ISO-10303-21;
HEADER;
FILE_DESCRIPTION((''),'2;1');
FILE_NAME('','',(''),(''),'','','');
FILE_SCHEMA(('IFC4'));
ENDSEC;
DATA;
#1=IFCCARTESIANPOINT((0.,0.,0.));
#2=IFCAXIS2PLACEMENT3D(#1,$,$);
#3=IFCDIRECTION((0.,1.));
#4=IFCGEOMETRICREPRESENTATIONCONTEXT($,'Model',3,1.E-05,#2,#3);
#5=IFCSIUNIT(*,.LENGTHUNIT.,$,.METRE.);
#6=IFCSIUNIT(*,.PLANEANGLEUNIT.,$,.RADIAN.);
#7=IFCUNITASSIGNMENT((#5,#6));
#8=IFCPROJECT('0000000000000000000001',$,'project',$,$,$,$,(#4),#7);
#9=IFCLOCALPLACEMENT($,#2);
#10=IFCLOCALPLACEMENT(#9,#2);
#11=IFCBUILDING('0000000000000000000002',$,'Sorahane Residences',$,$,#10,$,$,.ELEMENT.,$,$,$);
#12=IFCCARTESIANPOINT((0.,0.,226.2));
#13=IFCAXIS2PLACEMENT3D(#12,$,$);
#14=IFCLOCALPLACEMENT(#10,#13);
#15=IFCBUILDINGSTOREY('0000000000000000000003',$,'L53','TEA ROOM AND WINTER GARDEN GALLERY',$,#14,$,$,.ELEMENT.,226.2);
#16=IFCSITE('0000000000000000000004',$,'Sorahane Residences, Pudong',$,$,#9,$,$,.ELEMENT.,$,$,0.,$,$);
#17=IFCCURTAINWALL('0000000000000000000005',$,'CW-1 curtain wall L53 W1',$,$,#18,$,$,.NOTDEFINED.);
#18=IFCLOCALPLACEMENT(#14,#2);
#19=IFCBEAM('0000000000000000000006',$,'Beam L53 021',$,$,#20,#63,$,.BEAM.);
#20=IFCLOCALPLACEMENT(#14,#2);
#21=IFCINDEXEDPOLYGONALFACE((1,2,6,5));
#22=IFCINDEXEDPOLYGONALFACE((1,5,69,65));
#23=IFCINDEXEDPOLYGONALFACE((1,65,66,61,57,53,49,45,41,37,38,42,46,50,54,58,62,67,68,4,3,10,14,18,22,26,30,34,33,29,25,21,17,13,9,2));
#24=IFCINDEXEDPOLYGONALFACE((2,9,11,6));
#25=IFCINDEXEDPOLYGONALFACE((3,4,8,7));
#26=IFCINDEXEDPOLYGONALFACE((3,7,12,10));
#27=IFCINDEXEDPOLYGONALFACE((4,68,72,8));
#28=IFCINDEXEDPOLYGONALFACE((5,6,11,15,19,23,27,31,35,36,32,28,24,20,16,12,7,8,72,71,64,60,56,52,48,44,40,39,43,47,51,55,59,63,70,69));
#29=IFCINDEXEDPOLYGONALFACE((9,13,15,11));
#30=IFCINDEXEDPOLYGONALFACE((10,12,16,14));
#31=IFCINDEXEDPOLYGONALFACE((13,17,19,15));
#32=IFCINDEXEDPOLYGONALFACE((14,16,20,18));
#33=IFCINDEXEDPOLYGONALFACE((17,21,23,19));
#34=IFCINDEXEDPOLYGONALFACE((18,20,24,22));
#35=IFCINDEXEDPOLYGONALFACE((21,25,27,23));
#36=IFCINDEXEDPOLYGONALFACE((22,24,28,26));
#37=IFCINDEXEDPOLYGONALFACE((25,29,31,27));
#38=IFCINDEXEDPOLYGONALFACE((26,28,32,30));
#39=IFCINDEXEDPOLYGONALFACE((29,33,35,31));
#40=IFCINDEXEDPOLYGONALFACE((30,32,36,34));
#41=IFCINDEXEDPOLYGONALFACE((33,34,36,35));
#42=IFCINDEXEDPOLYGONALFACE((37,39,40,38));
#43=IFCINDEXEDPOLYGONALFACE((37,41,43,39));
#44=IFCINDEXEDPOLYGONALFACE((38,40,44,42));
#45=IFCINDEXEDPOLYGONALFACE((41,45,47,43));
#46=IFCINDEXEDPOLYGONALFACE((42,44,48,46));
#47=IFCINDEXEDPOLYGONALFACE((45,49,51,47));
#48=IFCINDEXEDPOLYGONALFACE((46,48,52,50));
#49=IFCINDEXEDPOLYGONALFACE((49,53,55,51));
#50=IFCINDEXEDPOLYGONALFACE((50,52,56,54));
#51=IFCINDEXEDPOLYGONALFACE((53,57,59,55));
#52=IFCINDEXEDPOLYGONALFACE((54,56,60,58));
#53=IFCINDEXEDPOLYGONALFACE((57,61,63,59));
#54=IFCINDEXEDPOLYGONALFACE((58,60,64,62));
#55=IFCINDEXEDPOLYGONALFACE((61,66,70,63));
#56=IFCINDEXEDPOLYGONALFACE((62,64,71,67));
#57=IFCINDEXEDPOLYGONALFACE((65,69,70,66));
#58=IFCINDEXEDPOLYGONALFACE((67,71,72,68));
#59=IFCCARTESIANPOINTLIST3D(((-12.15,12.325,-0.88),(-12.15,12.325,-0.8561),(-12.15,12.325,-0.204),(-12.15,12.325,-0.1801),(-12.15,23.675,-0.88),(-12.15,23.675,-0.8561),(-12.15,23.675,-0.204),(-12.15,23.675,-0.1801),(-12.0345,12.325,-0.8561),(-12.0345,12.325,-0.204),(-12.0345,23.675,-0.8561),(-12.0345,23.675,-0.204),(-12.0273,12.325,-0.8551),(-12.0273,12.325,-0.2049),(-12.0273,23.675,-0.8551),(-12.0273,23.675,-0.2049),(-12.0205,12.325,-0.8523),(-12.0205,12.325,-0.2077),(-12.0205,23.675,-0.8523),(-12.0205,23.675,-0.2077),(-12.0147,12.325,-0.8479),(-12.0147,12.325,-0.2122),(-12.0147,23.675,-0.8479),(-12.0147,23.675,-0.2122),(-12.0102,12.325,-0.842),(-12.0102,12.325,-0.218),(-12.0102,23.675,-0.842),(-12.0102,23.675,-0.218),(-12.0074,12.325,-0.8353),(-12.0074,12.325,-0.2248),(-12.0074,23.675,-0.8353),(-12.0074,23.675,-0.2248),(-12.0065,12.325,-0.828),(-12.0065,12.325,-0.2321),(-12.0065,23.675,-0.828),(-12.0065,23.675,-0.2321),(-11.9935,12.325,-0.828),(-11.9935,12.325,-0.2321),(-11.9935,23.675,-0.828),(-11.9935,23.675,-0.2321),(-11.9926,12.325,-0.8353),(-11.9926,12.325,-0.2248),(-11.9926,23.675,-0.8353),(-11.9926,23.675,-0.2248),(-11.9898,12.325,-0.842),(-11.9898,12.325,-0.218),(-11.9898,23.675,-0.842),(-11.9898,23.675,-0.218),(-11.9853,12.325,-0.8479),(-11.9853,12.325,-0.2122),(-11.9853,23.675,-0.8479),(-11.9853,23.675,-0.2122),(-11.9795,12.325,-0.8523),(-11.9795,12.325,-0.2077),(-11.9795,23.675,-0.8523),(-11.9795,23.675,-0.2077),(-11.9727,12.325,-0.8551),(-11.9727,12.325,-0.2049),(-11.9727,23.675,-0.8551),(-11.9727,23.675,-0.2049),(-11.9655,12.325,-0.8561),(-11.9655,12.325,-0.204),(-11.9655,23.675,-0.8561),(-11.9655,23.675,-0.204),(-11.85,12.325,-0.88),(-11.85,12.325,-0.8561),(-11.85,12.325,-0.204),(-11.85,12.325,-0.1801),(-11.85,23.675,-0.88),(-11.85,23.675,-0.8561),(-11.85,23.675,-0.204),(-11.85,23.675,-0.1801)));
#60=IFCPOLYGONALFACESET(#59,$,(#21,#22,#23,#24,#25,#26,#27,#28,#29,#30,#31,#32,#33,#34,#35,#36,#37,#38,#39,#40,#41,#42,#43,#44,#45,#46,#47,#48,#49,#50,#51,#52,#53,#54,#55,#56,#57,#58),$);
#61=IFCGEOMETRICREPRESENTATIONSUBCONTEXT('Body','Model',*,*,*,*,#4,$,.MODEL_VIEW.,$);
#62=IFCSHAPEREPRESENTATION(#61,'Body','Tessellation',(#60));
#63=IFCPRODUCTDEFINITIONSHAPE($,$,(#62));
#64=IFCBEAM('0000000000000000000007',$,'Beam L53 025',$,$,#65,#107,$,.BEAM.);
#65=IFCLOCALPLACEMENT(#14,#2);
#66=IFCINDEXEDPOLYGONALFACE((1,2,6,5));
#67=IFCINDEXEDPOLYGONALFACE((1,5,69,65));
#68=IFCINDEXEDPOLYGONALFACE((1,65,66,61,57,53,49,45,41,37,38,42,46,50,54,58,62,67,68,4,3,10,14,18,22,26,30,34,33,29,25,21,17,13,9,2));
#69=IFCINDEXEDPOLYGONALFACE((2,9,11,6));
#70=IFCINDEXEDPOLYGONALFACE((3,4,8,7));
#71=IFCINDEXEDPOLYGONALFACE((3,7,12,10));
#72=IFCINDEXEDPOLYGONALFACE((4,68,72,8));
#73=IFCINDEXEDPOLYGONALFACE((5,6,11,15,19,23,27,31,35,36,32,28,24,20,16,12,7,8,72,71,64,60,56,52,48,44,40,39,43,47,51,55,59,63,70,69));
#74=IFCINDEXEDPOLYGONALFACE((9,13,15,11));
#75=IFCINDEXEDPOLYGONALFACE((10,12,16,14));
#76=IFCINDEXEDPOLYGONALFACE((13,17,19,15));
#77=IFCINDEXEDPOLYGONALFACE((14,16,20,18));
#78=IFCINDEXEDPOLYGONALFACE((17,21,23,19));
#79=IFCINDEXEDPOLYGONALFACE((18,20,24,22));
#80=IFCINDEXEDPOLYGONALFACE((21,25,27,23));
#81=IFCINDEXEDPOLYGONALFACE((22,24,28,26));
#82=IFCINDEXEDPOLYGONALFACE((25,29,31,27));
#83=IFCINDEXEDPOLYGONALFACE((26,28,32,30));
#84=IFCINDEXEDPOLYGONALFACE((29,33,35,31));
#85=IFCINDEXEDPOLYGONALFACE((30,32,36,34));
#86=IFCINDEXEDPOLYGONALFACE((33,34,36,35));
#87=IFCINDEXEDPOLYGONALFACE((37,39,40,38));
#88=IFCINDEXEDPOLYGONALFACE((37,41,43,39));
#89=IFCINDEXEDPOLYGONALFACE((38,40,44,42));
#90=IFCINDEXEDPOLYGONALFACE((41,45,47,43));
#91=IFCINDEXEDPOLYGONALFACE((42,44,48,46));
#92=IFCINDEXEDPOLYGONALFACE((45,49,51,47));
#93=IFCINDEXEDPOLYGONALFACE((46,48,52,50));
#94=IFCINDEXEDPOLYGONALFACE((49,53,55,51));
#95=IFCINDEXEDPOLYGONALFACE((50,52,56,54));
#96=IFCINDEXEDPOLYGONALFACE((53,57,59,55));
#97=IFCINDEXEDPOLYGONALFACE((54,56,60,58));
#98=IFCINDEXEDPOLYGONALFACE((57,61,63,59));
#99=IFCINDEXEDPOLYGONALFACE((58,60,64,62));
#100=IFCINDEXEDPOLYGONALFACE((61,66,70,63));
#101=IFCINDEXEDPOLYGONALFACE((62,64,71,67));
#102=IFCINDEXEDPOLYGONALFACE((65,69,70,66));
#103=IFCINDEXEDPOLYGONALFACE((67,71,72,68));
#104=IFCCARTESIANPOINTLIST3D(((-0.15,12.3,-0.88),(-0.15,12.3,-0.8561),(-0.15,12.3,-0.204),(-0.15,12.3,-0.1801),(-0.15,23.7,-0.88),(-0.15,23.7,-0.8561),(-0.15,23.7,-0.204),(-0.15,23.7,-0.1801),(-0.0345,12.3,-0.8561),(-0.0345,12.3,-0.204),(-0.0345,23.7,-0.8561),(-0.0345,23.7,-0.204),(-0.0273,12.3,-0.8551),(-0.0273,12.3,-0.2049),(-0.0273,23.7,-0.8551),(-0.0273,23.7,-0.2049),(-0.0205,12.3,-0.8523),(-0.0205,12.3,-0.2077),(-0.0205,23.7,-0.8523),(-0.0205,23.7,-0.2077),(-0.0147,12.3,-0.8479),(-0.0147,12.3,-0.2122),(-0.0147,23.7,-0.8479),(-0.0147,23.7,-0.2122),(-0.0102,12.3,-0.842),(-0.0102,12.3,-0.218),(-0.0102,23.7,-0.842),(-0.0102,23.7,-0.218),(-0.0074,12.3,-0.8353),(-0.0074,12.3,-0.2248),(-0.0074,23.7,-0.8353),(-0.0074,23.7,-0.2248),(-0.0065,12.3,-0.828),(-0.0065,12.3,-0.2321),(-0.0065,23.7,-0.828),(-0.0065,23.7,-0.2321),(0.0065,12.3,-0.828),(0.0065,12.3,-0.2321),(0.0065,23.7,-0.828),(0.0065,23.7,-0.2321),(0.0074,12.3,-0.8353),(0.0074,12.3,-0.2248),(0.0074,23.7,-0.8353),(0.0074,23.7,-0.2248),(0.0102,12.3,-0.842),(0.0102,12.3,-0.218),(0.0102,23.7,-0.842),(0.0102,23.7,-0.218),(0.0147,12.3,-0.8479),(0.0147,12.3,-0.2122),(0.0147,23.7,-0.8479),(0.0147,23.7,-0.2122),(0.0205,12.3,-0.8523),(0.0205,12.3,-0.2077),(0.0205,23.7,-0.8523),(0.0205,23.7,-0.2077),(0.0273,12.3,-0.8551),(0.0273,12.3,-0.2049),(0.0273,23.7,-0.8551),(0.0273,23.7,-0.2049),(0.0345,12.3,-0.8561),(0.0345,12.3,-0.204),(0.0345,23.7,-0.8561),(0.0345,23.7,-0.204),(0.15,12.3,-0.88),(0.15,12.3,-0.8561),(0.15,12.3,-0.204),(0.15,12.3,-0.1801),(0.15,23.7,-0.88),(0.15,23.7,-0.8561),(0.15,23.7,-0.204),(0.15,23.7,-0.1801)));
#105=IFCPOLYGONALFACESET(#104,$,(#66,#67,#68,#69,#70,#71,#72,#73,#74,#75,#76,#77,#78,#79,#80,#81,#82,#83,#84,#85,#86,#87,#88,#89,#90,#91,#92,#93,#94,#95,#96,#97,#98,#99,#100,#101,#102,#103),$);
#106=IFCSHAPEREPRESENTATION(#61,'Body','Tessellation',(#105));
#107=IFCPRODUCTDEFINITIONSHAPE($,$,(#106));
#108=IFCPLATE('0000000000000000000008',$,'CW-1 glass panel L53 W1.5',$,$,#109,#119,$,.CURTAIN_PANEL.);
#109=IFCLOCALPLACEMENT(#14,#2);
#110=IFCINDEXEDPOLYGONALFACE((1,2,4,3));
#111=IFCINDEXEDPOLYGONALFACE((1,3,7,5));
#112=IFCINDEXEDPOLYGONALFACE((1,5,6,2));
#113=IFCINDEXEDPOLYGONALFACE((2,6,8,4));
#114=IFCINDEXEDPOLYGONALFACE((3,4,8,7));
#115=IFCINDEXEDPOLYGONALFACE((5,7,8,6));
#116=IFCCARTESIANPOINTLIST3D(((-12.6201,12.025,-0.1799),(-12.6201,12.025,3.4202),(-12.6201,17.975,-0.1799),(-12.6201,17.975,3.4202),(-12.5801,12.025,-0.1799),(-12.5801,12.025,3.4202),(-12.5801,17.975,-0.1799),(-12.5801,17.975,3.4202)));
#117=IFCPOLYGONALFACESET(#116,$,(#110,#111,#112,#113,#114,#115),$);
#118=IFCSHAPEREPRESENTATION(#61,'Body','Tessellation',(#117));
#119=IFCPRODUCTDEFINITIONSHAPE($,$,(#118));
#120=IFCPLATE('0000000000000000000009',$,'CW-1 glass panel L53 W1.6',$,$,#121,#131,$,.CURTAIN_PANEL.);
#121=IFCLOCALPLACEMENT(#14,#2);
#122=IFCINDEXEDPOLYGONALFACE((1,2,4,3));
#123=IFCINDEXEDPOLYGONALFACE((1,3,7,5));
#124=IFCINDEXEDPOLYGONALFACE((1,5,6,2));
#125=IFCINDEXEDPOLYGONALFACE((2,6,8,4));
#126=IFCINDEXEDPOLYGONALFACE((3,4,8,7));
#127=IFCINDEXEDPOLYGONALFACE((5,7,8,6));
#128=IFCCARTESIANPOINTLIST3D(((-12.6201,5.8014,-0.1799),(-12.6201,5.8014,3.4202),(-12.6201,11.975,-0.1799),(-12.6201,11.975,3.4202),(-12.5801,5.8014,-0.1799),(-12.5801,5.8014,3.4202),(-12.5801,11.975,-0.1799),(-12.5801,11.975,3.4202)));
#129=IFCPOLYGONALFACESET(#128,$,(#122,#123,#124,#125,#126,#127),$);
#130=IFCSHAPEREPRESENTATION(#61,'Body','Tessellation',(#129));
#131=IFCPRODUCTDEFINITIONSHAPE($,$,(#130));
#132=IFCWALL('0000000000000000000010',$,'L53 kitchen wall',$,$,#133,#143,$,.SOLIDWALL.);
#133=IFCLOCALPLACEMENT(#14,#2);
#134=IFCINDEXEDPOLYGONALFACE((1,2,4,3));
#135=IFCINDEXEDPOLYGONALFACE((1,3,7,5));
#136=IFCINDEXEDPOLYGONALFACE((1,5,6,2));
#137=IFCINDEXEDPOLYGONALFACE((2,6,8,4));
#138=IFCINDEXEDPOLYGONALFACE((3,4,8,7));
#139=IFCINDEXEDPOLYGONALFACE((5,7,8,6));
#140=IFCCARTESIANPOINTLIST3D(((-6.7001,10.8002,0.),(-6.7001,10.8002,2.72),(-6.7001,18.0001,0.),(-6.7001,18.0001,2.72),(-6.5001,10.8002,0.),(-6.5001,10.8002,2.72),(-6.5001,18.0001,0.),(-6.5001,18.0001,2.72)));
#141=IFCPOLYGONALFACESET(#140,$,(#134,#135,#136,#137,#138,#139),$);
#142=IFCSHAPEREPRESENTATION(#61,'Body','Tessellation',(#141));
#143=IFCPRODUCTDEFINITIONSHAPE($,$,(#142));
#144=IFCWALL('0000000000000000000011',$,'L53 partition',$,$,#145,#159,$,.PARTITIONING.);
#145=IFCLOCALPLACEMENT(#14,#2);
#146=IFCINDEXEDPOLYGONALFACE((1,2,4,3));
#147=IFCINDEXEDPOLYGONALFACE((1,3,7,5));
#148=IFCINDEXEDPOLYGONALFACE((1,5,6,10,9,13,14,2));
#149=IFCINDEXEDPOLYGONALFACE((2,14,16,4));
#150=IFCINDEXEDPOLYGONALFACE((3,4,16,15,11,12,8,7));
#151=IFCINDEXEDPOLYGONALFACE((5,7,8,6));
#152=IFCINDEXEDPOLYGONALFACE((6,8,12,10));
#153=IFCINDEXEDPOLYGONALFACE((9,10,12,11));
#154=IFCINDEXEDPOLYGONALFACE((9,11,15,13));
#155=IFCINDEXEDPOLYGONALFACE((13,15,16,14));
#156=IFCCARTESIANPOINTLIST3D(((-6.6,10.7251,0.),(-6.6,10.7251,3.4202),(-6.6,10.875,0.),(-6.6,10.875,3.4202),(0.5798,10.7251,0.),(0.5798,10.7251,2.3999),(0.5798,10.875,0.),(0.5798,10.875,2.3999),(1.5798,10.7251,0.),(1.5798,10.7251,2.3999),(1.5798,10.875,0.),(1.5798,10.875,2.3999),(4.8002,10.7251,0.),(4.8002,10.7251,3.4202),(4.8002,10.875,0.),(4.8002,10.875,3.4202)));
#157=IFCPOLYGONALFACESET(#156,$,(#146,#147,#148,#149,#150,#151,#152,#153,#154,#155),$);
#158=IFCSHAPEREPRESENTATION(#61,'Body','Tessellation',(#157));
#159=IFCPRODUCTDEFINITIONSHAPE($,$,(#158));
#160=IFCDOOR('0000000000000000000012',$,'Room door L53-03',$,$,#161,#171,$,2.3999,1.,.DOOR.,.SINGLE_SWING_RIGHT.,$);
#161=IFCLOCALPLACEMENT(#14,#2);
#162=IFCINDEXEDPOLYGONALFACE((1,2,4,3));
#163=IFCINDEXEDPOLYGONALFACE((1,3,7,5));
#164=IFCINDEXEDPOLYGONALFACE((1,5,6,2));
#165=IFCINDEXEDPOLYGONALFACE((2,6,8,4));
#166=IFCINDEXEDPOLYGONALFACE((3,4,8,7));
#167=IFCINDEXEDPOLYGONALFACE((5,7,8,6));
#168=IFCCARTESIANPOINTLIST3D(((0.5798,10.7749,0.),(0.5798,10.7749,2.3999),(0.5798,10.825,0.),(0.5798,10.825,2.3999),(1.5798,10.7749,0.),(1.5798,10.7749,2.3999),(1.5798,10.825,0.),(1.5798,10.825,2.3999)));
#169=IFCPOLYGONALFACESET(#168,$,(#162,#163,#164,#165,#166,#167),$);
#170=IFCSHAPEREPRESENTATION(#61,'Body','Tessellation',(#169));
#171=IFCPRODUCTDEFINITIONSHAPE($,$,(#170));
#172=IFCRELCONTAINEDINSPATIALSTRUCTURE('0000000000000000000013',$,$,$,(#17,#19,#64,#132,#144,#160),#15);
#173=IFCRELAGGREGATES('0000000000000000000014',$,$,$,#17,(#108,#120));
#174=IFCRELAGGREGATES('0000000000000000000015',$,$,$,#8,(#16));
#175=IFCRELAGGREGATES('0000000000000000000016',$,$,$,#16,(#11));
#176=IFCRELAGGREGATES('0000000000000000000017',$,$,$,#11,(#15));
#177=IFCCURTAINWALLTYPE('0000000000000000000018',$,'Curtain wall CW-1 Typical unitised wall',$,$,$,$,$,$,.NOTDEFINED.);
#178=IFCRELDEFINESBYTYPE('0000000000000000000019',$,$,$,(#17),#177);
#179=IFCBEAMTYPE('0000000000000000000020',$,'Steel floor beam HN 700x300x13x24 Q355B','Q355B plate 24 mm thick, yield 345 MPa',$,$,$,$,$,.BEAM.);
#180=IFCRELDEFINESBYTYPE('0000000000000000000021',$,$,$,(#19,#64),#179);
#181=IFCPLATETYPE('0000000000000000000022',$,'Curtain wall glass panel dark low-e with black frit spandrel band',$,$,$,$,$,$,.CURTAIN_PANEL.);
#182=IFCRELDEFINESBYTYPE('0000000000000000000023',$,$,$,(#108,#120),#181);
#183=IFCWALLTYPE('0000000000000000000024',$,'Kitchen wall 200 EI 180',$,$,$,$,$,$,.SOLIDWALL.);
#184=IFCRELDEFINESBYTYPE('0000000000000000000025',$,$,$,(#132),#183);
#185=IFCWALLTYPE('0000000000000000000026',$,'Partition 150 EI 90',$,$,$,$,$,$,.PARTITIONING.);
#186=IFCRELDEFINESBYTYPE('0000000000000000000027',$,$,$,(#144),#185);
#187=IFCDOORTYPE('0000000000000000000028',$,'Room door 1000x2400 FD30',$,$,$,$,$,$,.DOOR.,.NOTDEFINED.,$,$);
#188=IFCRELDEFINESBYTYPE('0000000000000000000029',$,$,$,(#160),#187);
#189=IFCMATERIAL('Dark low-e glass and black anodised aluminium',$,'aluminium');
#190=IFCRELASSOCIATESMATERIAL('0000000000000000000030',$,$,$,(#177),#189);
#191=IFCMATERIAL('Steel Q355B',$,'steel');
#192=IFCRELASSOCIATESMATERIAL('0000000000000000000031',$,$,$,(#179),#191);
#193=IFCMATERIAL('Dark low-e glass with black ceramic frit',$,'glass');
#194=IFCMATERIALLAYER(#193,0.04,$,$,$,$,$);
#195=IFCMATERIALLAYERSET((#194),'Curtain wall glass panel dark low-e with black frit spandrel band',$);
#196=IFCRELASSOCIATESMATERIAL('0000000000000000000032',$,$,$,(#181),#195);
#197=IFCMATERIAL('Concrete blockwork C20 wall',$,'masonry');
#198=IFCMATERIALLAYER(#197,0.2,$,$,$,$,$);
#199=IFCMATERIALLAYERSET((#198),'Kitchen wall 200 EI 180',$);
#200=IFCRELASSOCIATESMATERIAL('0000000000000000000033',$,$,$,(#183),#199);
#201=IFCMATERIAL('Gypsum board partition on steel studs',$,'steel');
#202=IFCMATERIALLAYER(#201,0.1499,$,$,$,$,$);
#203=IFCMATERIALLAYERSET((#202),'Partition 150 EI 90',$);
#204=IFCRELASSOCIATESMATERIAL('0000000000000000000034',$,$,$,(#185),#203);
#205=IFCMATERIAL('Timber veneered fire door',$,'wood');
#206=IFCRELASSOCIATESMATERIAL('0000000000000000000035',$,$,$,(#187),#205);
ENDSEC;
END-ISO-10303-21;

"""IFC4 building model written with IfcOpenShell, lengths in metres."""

from ifc_helpers import new_model, si_unit, direction, frame, frame_2d, origin, origin_2d, place, context, subcontext, project, spatial, rectangle, i_section, extrude, material, layer, layer_set, material_profile, profile_set, type_object, element, fill, aggregate, save


model = new_model("IFC4")

# Units and contexts
model_context = context("Model", 3, precision=1e-05, world=origin(), true_north=direction((0.0, 1.0)))
body_context = subcontext(model_context, "Body", "Model", "MODEL_VIEW")
ifc_project = project(units=[si_unit("LENGTHUNIT", "METRE"), si_unit("PLANEANGLEUNIT", "RADIAN")], contexts=[model_context])

# Site, building, storey
site_placement = place(None, origin())
site = spatial("IfcSite", under=ifc_project, at=site_placement, Name="Sorahane Residences, Pudong", CompositionType="ELEMENT", RefElevation=0.0)
building_placement = place(site_placement, origin())
building = spatial("IfcBuilding", under=site, at=building_placement, Name="Sorahane Residences", CompositionType="ELEMENT")
storey_placement = place(building_placement, frame((0.0, 0.0, 226.2)))
storey = spatial("IfcBuildingStorey", under=building, at=storey_placement, Name="L53", Description="TEA ROOM AND WINTER GARDEN GALLERY", CompositionType="ELEMENT", Elevation=226.2)

# Curtain wall
ifc_material_1 = material(Name="Dark low-e glass and black anodised aluminium", Category="aluminium")
curtain_wall_type = type_object("IfcCurtainWallType", Name="Curtain wall CW-1 Typical unitised wall", PredefinedType="NOTDEFINED", material=ifc_material_1)
curtain_wall_placement = place(storey_placement, origin())
curtain_wall = element("IfcCurtainWall", 1, at=curtain_wall_placement, inside=storey, type_object=curtain_wall_type, Name="CW-1 curtain wall L53 W1", PredefinedType="NOTDEFINED")

# Beams
ifc_material_2 = material(Name="Steel Q355B", Category="steel")
ifc_material_profile_1 = material_profile(ifc_material_2, i_section(OverallWidth=0.3, OverallDepth=0.7, WebThickness=0.0129, FlangeThickness=0.0239, FilletRadius=0.0281, at=origin_2d()), Name="HN 700x300x13x24")
ifc_profile_set_1 = profile_set([ifc_material_profile_1], Name="Steel Q355B")
beam_type_1 = type_object("IfcBeamType", Name="Steel floor beam HN 700x300x13x24 Q355B", Description="Q355B plate 24 mm thick, yield 345 MPa", PredefinedType="BEAM", material=ifc_profile_set_1)
beam_1_placement = place(storey_placement, frame((-12.0, 12.325, -0.53), z_axis=(0.0, 1.0, 0.0), x_axis=(-1.0, 0.0, 0.0)))
element("IfcBeam", 2, at=beam_1_placement, inside=storey, type_object=beam_type_1, Name="Beam L53 021", PredefinedType="BEAM", context=body_context, shape_type="SweptSolid", body=[
    extrude(i_section(OverallWidth=0.3, OverallDepth=0.7, WebThickness=0.0129, FlangeThickness=0.0239, FilletRadius=0.0281, at=origin_2d()), origin(), (0.0, 0.0, 1.0), 11.3501),
])
beam_2_placement = place(storey_placement, frame((0.0, 12.3, -0.53), z_axis=(0.0, 1.0, 0.0), x_axis=(-1.0, 0.0, 0.0)))
element("IfcBeam", 3, at=beam_2_placement, inside=storey, type_object=beam_type_1, Name="Beam L53 025", PredefinedType="BEAM", context=body_context, shape_type="SweptSolid", body=[
    extrude(i_section(OverallWidth=0.3, OverallDepth=0.7, WebThickness=0.0129, FlangeThickness=0.0239, FilletRadius=0.0281, at=origin_2d()), origin(), (0.0, 0.0, 1.0), 11.3999),
])

# Plates
ifc_material_3 = material(Name="Dark low-e glass with black ceramic frit", Category="glass")
ifc_layer_1 = layer(ifc_material_3, 0.04)
ifc_layer_set_1 = layer_set([ifc_layer_1], Name="Curtain wall glass panel dark low-e with black frit spandrel band")
plate_type = type_object("IfcPlateType", Name="Curtain wall glass panel dark low-e with black frit spandrel band", PredefinedType="CURTAIN_PANEL", material=ifc_layer_set_1)
plate_1_placement = place(storey_placement, frame((-12.6001, 15.0, -0.1799), z_axis=(0.0, 0.0, 1.0), x_axis=(0.0, -1.0, 0.0)))
plate_1 = element("IfcPlate", 4, at=plate_1_placement, type_object=plate_type, Name="CW-1 glass panel L53 W1.5", PredefinedType="CURTAIN_PANEL", context=body_context, shape_type="SweptSolid", body=[
    extrude(rectangle(XDim=5.95, YDim=0.04, at=origin_2d()), origin(), (0.0, 0.0, 1.0), 3.6001),
])
plate_2_placement = place(storey_placement, frame((-12.6001, 8.8882, -0.1799), z_axis=(0.0, 0.0, 1.0), x_axis=(0.0, -1.0, 0.0)))
plate_2 = element("IfcPlate", 5, at=plate_2_placement, type_object=plate_type, Name="CW-1 glass panel L53 W1.6", PredefinedType="CURTAIN_PANEL", context=body_context, shape_type="SweptSolid", body=[
    extrude(rectangle(XDim=6.1736, YDim=0.04, at=origin_2d()), origin(), (0.0, 0.0, 1.0), 3.6001),
])
aggregate(curtain_wall, [plate_1, plate_2])

# Wall
ifc_material_4 = material(Name="Concrete blockwork C20 wall", Category="masonry")
ifc_layer_2 = layer(ifc_material_4, 0.2)
ifc_layer_set_2 = layer_set([ifc_layer_2], Name="Kitchen wall 200 EI 180")
wall_type_1 = type_object("IfcWallType", Name="Kitchen wall 200 EI 180", PredefinedType="SOLIDWALL", material=ifc_layer_set_2)
wall_1_placement = place(storey_placement, frame((-6.6001, 10.8, 0.0), z_axis=(0.0, 0.0, 1.0), x_axis=(0.0, 1.0, 0.0)))
element("IfcWall", 6, at=wall_1_placement, inside=storey, type_object=wall_type_1, Name="L53 kitchen wall", PredefinedType="SOLIDWALL", context=body_context, shape_type="SweptSolid", body=[
    extrude(rectangle(XDim=7.2, YDim=0.2, at=frame_2d((3.6001, 0.0))), origin(), (0.0, 0.0, 1.0), 2.72),
])

# Wall, opening, door
ifc_material_5 = material(Name="Gypsum board partition on steel studs", Category="steel")
ifc_layer_3 = layer(ifc_material_5, 0.1499)
ifc_layer_set_3 = layer_set([ifc_layer_3], Name="Partition 150 EI 90")
wall_type_2 = type_object("IfcWallType", Name="Partition 150 EI 90", PredefinedType="PARTITIONING", material=ifc_layer_set_3)
wall_2_placement = place(storey_placement, frame((-6.6001, 10.8, 0.0), z_axis=(0.0, 0.0, 1.0), x_axis=(1.0, 0.0, 0.0)))
wall_2 = element("IfcWall", 7, at=wall_2_placement, inside=storey, type_object=wall_type_2, Name="L53 partition", PredefinedType="PARTITIONING", context=body_context, shape_type="SweptSolid", body=[
    extrude(rectangle(XDim=11.4001, YDim=0.1499, at=frame_2d((5.7002, 0.0))), origin(), (0.0, 0.0, 1.0), 3.4202),
])
opening_1_placement = place(wall_2_placement, frame((7.1799, 0.0, 0.0)))
opening_1 = element("IfcOpeningElement", 8, at=opening_1_placement, cuts=wall_2, PredefinedType="OPENING", context=body_context, shape_type="SweptSolid", body=[
    extrude(rectangle(XDim=1.0, YDim=2.3999, at=frame_2d((0.5, 1.2))), frame((0.0, 0.085, 0.0), z_axis=(0.0, -1.0, 0.0), x_axis=(1.0, 0.0, 0.0)), (0.0, 0.0, 1.0), 0.1699),
])
ifc_material_6 = material(Name="Timber veneered fire door", Category="wood")
door_type_1 = type_object("IfcDoorType", Name="Room door 1000x2400 FD30", OperationType="NOTDEFINED", PredefinedType="DOOR", material=ifc_material_6)
door_1_placement = place(opening_1_placement, origin())
door_1 = element("IfcDoor", 9, at=door_1_placement, inside=storey, type_object=door_type_1, Name="Room door L53-03", OperationType="SINGLE_SWING_RIGHT", OverallHeight=2.3999, OverallWidth=1.0, PredefinedType="DOOR", context=body_context, shape_type="SweptSolid", body=[
    extrude(rectangle(XDim=1.0, YDim=2.3999, at=frame_2d((0.5, 1.2))), frame((0.0, 0.0249, 0.0), z_axis=(0.0, -1.0, 0.0), x_axis=(1.0, 0.0, 0.0)), (0.0, 0.0, 1.0), 0.05),
])
fill(opening_1, door_1)

save(model, "model.ifc")
